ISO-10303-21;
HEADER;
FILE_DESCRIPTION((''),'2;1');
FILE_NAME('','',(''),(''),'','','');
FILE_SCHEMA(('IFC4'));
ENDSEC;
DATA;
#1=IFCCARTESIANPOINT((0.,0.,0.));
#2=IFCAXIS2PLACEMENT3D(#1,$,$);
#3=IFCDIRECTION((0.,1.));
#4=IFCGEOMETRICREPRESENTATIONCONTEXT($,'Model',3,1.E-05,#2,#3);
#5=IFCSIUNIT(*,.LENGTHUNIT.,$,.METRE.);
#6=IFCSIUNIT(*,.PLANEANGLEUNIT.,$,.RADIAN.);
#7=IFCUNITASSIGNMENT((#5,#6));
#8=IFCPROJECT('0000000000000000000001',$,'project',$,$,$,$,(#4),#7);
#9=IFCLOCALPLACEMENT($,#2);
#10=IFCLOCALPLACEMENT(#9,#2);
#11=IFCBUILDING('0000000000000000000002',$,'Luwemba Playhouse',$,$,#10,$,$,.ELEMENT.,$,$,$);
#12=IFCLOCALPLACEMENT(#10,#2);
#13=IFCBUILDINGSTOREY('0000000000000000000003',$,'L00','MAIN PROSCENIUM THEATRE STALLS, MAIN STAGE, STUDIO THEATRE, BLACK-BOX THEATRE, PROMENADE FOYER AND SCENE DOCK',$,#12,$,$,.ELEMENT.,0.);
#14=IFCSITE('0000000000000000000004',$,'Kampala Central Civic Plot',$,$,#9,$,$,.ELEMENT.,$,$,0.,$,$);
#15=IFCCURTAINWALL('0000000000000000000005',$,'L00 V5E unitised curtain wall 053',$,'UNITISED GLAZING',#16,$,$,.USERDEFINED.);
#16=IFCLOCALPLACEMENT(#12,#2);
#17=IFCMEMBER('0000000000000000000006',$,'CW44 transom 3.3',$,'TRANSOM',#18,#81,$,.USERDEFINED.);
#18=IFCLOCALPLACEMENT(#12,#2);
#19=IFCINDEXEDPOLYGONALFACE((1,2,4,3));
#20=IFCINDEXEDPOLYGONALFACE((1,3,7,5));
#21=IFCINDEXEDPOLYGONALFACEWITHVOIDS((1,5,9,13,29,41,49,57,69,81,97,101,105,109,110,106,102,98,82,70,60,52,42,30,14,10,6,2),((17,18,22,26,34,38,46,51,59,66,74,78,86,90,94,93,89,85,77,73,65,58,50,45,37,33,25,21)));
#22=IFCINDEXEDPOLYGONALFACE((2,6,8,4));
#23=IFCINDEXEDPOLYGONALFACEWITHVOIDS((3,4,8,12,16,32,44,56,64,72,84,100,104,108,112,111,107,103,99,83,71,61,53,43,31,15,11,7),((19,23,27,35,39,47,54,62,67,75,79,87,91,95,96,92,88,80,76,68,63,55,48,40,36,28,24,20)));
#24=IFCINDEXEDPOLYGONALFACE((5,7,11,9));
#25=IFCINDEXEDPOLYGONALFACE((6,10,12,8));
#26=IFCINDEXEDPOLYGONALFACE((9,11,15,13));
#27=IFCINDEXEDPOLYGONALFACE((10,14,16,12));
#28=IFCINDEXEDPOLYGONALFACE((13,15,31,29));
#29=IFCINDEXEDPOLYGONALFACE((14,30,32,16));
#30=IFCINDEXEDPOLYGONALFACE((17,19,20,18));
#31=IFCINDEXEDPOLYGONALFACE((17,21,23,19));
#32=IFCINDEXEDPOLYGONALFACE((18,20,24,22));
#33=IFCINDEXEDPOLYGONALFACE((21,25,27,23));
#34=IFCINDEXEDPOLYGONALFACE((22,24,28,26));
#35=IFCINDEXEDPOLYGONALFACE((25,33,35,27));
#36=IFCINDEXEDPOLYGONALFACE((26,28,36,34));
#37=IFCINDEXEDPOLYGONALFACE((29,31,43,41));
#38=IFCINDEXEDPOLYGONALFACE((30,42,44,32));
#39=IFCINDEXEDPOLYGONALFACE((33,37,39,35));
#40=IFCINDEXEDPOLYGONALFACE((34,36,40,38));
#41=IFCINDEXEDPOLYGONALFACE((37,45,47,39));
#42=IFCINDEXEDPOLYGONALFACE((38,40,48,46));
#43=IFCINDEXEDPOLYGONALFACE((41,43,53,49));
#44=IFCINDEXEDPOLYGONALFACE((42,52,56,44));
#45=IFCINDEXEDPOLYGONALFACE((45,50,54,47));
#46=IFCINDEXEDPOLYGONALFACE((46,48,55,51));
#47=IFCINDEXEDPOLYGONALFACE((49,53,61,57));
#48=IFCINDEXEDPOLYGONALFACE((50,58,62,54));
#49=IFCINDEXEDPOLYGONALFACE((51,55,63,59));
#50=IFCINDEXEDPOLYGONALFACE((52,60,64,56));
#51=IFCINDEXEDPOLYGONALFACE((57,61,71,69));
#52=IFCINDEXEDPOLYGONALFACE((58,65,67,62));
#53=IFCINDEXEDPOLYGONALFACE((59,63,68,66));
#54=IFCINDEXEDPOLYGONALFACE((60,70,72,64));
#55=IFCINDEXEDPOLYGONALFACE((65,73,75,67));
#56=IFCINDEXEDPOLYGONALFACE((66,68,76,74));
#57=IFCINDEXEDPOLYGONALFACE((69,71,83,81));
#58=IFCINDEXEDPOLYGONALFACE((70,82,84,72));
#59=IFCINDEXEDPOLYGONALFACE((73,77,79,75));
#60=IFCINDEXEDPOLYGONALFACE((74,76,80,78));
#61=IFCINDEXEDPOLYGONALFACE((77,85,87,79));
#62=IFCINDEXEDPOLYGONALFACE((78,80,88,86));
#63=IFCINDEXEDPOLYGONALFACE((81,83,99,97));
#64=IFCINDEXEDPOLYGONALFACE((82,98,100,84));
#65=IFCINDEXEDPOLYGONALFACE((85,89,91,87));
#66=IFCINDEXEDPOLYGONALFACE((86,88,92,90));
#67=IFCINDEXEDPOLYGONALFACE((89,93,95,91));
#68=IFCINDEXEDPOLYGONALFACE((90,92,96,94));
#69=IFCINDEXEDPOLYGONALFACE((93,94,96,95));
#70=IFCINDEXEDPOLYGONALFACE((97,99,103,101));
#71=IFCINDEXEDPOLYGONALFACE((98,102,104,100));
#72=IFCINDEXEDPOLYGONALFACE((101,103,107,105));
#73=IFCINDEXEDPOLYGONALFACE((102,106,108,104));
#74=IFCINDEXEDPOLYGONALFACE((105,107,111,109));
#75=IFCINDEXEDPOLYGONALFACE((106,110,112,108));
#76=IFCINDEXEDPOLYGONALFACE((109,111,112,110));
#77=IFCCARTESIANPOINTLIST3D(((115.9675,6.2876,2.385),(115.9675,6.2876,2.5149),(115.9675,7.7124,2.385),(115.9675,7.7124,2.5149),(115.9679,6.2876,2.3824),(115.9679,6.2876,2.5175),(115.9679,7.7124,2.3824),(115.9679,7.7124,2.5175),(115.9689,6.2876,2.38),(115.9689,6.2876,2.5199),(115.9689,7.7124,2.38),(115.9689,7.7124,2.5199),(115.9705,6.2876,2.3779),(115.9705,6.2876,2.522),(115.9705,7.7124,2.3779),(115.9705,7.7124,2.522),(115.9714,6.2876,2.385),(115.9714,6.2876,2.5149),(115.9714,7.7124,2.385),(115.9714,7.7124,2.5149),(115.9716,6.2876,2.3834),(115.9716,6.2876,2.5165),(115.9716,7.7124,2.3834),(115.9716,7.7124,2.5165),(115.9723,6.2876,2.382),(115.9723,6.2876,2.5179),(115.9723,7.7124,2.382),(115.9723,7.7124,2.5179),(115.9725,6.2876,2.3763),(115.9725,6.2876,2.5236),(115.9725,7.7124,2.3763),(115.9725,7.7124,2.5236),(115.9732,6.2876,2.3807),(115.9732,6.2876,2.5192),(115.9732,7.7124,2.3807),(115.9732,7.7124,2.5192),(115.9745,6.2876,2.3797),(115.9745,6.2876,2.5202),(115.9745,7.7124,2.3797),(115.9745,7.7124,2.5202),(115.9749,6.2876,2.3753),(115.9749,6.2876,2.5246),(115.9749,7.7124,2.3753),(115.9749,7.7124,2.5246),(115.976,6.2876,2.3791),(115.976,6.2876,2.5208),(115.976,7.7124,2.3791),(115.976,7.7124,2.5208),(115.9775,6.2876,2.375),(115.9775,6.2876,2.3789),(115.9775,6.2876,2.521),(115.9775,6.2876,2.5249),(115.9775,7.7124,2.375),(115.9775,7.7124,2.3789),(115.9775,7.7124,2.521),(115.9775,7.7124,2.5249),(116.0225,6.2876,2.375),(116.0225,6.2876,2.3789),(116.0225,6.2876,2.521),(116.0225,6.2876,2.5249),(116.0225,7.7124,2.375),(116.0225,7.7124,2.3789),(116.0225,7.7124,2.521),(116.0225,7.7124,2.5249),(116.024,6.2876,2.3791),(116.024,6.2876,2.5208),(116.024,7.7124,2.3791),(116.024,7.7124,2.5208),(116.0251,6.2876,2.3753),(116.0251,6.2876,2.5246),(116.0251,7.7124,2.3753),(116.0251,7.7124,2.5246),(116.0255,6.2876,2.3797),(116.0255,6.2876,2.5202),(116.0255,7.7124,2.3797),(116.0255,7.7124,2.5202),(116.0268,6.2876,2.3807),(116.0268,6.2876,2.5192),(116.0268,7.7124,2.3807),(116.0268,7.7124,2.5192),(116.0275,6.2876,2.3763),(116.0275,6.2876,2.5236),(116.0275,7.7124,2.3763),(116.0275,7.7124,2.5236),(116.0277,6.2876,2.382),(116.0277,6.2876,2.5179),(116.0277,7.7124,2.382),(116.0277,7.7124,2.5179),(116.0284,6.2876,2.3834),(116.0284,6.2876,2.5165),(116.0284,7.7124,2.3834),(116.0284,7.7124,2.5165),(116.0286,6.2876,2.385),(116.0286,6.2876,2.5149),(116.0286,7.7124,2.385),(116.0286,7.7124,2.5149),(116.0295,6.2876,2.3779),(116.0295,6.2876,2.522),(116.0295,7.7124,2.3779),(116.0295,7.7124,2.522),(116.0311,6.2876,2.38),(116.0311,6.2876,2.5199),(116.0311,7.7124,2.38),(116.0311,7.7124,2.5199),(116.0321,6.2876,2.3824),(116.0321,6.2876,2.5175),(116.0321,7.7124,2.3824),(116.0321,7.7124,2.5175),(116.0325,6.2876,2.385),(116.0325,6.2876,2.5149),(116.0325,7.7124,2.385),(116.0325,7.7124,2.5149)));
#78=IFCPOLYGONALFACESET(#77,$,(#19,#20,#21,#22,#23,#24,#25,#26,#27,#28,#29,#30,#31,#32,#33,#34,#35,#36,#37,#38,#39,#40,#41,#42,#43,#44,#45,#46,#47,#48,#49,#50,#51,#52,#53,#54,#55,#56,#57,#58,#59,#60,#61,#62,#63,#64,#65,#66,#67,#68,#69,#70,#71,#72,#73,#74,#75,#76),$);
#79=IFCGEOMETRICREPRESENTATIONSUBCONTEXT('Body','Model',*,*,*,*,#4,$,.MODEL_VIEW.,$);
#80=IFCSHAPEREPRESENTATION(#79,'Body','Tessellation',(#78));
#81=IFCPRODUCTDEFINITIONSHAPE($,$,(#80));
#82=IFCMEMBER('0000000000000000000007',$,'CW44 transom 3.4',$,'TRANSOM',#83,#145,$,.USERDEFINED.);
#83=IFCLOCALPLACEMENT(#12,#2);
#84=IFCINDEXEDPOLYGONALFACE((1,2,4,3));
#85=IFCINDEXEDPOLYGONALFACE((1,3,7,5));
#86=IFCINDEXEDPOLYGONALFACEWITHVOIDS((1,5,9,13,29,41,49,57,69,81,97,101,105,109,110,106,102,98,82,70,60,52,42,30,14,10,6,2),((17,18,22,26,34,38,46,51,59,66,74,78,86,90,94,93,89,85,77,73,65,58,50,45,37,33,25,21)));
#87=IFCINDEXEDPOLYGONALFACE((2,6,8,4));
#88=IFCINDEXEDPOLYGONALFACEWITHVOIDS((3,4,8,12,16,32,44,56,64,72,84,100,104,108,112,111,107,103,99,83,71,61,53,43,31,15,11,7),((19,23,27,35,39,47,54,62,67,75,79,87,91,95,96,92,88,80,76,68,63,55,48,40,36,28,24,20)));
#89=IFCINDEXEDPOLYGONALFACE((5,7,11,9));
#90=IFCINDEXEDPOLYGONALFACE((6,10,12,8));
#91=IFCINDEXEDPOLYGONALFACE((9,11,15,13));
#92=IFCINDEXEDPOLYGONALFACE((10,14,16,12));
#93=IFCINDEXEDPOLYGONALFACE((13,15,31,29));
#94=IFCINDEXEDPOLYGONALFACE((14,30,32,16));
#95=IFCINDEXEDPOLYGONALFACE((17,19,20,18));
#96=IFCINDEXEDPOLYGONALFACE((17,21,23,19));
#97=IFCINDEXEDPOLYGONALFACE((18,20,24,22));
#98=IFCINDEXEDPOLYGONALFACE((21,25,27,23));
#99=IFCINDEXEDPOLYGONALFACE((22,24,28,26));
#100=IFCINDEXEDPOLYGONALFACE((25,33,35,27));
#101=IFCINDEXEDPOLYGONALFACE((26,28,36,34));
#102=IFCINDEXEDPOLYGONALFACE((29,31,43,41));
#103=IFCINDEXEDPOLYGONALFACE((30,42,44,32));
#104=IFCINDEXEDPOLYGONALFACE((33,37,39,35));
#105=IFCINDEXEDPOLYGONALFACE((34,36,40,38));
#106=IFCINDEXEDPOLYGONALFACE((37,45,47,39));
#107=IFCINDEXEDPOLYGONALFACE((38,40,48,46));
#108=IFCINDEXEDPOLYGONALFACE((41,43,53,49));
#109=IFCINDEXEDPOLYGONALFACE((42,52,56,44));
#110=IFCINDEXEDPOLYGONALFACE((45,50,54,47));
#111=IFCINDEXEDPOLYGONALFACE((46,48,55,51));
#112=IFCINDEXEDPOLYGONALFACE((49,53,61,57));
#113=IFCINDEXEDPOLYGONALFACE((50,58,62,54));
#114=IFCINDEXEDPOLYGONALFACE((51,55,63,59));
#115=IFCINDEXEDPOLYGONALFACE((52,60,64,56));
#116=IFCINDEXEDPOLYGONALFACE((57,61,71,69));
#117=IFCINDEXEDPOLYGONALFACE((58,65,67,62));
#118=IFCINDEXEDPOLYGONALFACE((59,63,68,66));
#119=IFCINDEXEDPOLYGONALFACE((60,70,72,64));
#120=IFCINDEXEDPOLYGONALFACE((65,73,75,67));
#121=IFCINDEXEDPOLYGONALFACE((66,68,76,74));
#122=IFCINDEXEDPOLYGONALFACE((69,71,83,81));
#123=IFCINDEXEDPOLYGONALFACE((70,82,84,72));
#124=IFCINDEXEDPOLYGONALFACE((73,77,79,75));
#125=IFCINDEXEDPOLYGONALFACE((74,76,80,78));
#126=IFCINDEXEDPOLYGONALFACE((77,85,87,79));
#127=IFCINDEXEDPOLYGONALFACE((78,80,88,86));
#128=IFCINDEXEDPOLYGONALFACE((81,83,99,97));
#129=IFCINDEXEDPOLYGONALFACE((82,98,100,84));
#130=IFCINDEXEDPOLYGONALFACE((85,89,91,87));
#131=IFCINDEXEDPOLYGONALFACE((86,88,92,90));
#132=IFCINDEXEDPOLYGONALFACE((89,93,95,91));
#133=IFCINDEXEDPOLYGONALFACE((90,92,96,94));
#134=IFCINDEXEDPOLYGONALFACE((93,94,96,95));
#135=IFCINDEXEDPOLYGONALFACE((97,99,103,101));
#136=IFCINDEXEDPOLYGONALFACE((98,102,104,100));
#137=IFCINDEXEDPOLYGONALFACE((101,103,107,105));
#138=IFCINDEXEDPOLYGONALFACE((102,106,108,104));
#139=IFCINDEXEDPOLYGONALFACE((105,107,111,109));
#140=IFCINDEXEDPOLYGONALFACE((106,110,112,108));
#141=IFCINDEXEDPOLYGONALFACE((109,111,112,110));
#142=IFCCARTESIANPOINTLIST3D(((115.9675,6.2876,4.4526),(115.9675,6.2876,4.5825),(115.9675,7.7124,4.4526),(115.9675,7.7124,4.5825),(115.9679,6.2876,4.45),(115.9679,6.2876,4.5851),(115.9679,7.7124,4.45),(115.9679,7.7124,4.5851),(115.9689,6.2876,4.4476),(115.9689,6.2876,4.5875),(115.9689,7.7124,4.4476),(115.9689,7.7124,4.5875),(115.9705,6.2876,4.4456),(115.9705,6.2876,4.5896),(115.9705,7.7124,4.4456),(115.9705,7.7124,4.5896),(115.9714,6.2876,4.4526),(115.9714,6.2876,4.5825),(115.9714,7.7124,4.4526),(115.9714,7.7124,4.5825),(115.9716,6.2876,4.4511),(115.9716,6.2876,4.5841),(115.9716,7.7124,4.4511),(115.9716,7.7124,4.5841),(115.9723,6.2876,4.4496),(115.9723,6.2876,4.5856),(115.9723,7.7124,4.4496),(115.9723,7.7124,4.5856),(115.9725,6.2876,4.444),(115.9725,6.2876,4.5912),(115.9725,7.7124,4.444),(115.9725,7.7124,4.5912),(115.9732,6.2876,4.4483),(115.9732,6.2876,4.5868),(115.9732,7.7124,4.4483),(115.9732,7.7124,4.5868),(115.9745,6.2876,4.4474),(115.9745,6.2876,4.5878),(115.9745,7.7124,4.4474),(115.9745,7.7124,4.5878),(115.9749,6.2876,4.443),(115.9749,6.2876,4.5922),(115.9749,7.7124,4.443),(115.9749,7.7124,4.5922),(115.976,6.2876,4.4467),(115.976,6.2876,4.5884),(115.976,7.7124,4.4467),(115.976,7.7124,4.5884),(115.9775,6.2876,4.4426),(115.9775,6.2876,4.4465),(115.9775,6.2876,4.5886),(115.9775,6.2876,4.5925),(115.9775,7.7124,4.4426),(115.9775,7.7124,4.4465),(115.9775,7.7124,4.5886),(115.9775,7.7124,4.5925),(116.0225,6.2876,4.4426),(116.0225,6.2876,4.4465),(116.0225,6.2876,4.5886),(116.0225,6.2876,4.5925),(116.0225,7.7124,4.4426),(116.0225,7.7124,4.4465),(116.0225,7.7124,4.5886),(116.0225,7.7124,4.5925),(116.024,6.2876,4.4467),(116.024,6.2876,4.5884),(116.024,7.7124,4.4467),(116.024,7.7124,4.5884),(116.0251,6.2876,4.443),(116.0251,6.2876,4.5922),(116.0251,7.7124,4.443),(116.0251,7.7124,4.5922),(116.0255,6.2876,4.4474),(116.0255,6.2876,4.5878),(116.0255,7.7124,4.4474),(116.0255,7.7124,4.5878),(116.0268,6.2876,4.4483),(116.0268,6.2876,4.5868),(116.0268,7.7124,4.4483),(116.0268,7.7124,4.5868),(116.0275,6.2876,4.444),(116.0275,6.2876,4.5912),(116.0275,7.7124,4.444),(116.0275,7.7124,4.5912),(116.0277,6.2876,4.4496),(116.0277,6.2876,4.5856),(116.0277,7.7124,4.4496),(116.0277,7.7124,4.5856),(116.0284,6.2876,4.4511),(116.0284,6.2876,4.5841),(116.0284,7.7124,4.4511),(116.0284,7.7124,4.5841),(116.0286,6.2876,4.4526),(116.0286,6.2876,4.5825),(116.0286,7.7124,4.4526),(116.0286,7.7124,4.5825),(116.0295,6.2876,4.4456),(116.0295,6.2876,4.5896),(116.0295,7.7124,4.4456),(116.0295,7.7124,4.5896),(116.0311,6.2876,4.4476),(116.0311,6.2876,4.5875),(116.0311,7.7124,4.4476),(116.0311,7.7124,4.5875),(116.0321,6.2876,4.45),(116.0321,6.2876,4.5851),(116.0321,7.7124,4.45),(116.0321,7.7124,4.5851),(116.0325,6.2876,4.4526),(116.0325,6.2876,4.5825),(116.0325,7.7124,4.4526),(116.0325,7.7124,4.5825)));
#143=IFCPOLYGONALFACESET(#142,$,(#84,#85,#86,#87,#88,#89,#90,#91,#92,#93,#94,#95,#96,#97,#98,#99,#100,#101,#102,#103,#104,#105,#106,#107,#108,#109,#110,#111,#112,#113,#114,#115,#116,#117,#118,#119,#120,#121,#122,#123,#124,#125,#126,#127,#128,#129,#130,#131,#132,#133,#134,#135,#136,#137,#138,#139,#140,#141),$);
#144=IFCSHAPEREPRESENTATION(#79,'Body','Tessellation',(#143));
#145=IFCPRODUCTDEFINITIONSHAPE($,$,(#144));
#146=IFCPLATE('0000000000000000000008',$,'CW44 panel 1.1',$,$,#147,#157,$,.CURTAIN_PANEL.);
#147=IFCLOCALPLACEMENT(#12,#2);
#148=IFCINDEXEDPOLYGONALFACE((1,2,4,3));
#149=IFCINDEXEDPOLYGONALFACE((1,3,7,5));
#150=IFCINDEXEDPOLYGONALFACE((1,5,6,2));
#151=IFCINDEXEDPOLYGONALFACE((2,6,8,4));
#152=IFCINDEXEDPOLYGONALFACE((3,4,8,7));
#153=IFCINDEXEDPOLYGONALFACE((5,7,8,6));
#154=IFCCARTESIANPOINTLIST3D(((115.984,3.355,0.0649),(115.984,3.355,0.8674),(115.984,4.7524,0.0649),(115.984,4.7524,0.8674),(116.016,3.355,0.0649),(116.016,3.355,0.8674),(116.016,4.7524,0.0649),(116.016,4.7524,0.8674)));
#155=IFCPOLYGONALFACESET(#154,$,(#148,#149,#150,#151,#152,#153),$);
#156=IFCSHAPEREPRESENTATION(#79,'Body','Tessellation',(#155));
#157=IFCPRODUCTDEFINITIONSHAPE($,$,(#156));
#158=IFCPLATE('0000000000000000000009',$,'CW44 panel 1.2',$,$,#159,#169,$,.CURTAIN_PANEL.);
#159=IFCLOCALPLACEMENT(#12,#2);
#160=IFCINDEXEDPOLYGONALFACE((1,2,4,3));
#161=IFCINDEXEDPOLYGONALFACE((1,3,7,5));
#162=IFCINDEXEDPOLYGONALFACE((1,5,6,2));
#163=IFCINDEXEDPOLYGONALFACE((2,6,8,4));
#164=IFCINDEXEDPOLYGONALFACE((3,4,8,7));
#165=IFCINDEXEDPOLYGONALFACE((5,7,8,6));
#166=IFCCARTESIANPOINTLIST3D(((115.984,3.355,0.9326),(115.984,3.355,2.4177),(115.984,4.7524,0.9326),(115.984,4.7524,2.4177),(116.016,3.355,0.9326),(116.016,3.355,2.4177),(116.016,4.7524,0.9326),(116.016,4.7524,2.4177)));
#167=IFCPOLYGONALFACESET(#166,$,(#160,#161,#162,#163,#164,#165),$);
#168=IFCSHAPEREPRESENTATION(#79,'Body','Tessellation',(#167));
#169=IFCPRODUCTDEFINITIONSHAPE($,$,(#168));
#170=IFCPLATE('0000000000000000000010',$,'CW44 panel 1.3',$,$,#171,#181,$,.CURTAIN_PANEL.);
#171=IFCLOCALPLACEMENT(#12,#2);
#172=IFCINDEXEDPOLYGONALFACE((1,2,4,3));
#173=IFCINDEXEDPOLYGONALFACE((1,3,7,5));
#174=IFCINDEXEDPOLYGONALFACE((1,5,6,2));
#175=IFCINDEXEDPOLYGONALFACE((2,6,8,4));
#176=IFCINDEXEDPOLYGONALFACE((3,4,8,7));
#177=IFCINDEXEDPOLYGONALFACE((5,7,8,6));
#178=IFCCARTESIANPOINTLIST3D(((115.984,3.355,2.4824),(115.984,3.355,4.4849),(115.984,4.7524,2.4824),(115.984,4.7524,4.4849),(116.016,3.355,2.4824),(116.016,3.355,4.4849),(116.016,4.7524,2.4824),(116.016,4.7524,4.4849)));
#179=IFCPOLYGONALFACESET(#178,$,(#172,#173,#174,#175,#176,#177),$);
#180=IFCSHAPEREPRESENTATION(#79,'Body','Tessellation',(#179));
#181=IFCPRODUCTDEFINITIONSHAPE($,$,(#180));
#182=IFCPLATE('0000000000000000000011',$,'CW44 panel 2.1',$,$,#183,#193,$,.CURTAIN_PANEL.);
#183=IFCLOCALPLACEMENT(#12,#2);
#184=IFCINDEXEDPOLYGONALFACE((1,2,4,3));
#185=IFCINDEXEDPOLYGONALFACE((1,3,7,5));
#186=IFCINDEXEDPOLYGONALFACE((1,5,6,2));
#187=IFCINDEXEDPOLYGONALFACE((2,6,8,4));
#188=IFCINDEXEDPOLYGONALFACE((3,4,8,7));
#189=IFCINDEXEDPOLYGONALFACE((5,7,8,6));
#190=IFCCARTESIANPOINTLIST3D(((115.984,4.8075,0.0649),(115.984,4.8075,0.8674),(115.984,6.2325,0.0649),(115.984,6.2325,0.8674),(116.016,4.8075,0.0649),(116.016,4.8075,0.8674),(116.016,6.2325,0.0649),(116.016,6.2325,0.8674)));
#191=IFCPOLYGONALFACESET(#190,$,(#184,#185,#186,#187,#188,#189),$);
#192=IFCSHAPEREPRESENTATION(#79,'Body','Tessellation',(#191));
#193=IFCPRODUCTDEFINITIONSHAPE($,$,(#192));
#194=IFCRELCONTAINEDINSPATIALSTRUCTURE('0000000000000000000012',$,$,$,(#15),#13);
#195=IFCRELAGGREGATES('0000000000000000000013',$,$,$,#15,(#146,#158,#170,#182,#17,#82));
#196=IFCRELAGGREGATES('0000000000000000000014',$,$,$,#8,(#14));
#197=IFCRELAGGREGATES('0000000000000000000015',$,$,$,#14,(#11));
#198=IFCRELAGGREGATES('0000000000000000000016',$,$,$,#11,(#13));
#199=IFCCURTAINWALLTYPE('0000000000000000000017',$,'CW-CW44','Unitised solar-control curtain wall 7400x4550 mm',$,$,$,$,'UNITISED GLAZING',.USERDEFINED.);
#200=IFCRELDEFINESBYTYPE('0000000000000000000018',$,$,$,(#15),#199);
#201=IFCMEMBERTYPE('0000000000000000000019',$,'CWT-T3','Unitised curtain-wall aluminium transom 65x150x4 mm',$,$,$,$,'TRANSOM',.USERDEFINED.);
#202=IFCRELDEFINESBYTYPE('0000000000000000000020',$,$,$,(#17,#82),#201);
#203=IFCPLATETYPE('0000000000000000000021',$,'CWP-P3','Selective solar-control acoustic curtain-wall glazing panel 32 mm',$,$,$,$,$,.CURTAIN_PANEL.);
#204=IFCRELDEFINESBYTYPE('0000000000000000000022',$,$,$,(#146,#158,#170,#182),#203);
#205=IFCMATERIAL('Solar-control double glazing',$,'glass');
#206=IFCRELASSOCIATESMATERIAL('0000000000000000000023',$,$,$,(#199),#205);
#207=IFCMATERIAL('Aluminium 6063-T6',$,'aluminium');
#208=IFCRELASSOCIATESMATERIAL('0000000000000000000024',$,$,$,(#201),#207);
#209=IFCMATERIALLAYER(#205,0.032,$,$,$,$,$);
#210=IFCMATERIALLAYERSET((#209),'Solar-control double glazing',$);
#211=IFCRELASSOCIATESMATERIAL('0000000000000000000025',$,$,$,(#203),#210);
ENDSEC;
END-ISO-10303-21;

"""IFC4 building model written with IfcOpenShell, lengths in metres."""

from ifc_helpers import new_model, si_unit, direction, frame, origin, origin_2d, place, context, subcontext, project, spatial, rectangle, hollow_rectangle, extrude, material, layer, layer_set, material_profile, profile_set, type_object, element, aggregate, save


model = new_model("IFC4")

# Units and contexts
model_context = context("Model", 3, precision=1e-05, world=origin(), true_north=direction((0.0, 1.0)))
body_context = subcontext(model_context, "Body", "Model", "MODEL_VIEW")
ifc_project = project(units=[si_unit("LENGTHUNIT", "METRE"), si_unit("PLANEANGLEUNIT", "RADIAN")], contexts=[model_context])

# Site, building, storey
site_placement = place(None, origin())
site = spatial("IfcSite", under=ifc_project, at=site_placement, Name="Kampala Central Civic Plot", CompositionType="ELEMENT", RefElevation=0.0)
building_placement = place(site_placement, origin())
building = spatial("IfcBuilding", under=site, at=building_placement, Name="Luwemba Playhouse", CompositionType="ELEMENT")
storey_placement = place(building_placement, origin())
storey = spatial("IfcBuildingStorey", under=building, at=storey_placement, Name="L00", Description="MAIN PROSCENIUM THEATRE STALLS, MAIN STAGE, STUDIO THEATRE, BLACK-BOX THEATRE, PROMENADE FOYER AND SCENE DOCK", CompositionType="ELEMENT", Elevation=0.0)

# Curtain wall, members, plates
ifc_material_1 = material(Name="Solar-control double glazing", Category="glass")
curtain_wall_type = type_object("IfcCurtainWallType", Name="CW-CW44", Description="Unitised solar-control curtain wall 7400x4550 mm", ElementType="UNITISED GLAZING", PredefinedType="USERDEFINED", material=ifc_material_1)
curtain_wall_placement = place(storey_placement, origin())
curtain_wall = element("IfcCurtainWall", 1, at=curtain_wall_placement, inside=storey, type_object=curtain_wall_type, Name="L00 V5E unitised curtain wall 053", ObjectType="UNITISED GLAZING", PredefinedType="USERDEFINED")
ifc_material_2 = material(Name="Aluminium 6063-T6", Category="aluminium")
ifc_material_profile_1 = material_profile(ifc_material_2, hollow_rectangle(XDim=0.0649, YDim=0.1499, WallThickness=0.0039, InnerFilletRadius=0.0061, OuterFilletRadius=0.01, at=origin_2d()))
ifc_profile_set_1 = profile_set([ifc_material_profile_1], Name="Aluminium 6063-T6")
member_type_1 = type_object("IfcMemberType", Name="CWT-T3", Description="Unitised curtain-wall aluminium transom 65x150x4 mm", ElementType="TRANSOM", PredefinedType="USERDEFINED", material=ifc_profile_set_1)
member_1_placement = place(storey_placement, frame((116.0, 6.2876, 2.45), z_axis=(0.0, 1.0, 0.0), x_axis=(-1.0, 0.0, 0.0)))
member_1 = element("IfcMember", 2, at=member_1_placement, type_object=member_type_1, Name="CW44 transom 3.3", ObjectType="TRANSOM", PredefinedType="USERDEFINED", context=body_context, shape_type="SweptSolid", body=[
    extrude(hollow_rectangle(XDim=0.0649, YDim=0.1499, WallThickness=0.0039, InnerFilletRadius=0.0061, OuterFilletRadius=0.01, at=origin_2d()), origin(), (0.0, 0.0, 1.0), 1.4248),
])
member_2_placement = place(storey_placement, frame((116.0, 6.2876, 4.5176), z_axis=(0.0, 1.0, 0.0), x_axis=(-1.0, 0.0, 0.0)))
member_2 = element("IfcMember", 3, at=member_2_placement, type_object=member_type_1, Name="CW44 transom 3.4", ObjectType="TRANSOM", PredefinedType="USERDEFINED", context=body_context, shape_type="SweptSolid", body=[
    extrude(hollow_rectangle(XDim=0.0649, YDim=0.1499, WallThickness=0.0039, InnerFilletRadius=0.0061, OuterFilletRadius=0.01, at=origin_2d()), origin(), (0.0, 0.0, 1.0), 1.4248),
])
ifc_layer = layer(ifc_material_1, 0.032)
ifc_layer_set = layer_set([ifc_layer], Name="Solar-control double glazing")
plate_type = type_object("IfcPlateType", Name="CWP-P3", Description="Selective solar-control acoustic curtain-wall glazing panel 32 mm", PredefinedType="CURTAIN_PANEL", material=ifc_layer_set)
plate_1_placement = place(storey_placement, frame((116.0, 4.0537, 0.0649), z_axis=(0.0, 0.0, 1.0), x_axis=(0.0, 1.0, 0.0)))
plate_1 = element("IfcPlate", 4, at=plate_1_placement, type_object=plate_type, Name="CW44 panel 1.1", PredefinedType="CURTAIN_PANEL", context=body_context, shape_type="SweptSolid", body=[
    extrude(rectangle(XDim=1.3975, YDim=0.032, at=origin_2d()), origin(), (0.0, 0.0, 1.0), 0.8025),
])
plate_2_placement = place(storey_placement, frame((116.0, 4.0537, 0.9326), z_axis=(0.0, 0.0, 1.0), x_axis=(0.0, 1.0, 0.0)))
plate_2 = element("IfcPlate", 5, at=plate_2_placement, type_object=plate_type, Name="CW44 panel 1.2", PredefinedType="CURTAIN_PANEL", context=body_context, shape_type="SweptSolid", body=[
    extrude(rectangle(XDim=1.3975, YDim=0.032, at=origin_2d()), origin(), (0.0, 0.0, 1.0), 1.4851),
])
plate_3_placement = place(storey_placement, frame((116.0, 4.0537, 2.4824), z_axis=(0.0, 0.0, 1.0), x_axis=(0.0, 1.0, 0.0)))
plate_3 = element("IfcPlate", 6, at=plate_3_placement, type_object=plate_type, Name="CW44 panel 1.3", PredefinedType="CURTAIN_PANEL", context=body_context, shape_type="SweptSolid", body=[
    extrude(rectangle(XDim=1.3975, YDim=0.032, at=origin_2d()), origin(), (0.0, 0.0, 1.0), 2.0024),
])
plate_4_placement = place(storey_placement, frame((116.0, 5.52, 0.0649), z_axis=(0.0, 0.0, 1.0), x_axis=(0.0, 1.0, 0.0)))
plate_4 = element("IfcPlate", 7, at=plate_4_placement, type_object=plate_type, Name="CW44 panel 2.1", PredefinedType="CURTAIN_PANEL", context=body_context, shape_type="SweptSolid", body=[
    extrude(rectangle(XDim=1.425, YDim=0.032, at=origin_2d()), origin(), (0.0, 0.0, 1.0), 0.8025),
])
aggregate(curtain_wall, [plate_1, plate_2, plate_3, plate_4, member_1, member_2])

save(model, "model.ifc")
